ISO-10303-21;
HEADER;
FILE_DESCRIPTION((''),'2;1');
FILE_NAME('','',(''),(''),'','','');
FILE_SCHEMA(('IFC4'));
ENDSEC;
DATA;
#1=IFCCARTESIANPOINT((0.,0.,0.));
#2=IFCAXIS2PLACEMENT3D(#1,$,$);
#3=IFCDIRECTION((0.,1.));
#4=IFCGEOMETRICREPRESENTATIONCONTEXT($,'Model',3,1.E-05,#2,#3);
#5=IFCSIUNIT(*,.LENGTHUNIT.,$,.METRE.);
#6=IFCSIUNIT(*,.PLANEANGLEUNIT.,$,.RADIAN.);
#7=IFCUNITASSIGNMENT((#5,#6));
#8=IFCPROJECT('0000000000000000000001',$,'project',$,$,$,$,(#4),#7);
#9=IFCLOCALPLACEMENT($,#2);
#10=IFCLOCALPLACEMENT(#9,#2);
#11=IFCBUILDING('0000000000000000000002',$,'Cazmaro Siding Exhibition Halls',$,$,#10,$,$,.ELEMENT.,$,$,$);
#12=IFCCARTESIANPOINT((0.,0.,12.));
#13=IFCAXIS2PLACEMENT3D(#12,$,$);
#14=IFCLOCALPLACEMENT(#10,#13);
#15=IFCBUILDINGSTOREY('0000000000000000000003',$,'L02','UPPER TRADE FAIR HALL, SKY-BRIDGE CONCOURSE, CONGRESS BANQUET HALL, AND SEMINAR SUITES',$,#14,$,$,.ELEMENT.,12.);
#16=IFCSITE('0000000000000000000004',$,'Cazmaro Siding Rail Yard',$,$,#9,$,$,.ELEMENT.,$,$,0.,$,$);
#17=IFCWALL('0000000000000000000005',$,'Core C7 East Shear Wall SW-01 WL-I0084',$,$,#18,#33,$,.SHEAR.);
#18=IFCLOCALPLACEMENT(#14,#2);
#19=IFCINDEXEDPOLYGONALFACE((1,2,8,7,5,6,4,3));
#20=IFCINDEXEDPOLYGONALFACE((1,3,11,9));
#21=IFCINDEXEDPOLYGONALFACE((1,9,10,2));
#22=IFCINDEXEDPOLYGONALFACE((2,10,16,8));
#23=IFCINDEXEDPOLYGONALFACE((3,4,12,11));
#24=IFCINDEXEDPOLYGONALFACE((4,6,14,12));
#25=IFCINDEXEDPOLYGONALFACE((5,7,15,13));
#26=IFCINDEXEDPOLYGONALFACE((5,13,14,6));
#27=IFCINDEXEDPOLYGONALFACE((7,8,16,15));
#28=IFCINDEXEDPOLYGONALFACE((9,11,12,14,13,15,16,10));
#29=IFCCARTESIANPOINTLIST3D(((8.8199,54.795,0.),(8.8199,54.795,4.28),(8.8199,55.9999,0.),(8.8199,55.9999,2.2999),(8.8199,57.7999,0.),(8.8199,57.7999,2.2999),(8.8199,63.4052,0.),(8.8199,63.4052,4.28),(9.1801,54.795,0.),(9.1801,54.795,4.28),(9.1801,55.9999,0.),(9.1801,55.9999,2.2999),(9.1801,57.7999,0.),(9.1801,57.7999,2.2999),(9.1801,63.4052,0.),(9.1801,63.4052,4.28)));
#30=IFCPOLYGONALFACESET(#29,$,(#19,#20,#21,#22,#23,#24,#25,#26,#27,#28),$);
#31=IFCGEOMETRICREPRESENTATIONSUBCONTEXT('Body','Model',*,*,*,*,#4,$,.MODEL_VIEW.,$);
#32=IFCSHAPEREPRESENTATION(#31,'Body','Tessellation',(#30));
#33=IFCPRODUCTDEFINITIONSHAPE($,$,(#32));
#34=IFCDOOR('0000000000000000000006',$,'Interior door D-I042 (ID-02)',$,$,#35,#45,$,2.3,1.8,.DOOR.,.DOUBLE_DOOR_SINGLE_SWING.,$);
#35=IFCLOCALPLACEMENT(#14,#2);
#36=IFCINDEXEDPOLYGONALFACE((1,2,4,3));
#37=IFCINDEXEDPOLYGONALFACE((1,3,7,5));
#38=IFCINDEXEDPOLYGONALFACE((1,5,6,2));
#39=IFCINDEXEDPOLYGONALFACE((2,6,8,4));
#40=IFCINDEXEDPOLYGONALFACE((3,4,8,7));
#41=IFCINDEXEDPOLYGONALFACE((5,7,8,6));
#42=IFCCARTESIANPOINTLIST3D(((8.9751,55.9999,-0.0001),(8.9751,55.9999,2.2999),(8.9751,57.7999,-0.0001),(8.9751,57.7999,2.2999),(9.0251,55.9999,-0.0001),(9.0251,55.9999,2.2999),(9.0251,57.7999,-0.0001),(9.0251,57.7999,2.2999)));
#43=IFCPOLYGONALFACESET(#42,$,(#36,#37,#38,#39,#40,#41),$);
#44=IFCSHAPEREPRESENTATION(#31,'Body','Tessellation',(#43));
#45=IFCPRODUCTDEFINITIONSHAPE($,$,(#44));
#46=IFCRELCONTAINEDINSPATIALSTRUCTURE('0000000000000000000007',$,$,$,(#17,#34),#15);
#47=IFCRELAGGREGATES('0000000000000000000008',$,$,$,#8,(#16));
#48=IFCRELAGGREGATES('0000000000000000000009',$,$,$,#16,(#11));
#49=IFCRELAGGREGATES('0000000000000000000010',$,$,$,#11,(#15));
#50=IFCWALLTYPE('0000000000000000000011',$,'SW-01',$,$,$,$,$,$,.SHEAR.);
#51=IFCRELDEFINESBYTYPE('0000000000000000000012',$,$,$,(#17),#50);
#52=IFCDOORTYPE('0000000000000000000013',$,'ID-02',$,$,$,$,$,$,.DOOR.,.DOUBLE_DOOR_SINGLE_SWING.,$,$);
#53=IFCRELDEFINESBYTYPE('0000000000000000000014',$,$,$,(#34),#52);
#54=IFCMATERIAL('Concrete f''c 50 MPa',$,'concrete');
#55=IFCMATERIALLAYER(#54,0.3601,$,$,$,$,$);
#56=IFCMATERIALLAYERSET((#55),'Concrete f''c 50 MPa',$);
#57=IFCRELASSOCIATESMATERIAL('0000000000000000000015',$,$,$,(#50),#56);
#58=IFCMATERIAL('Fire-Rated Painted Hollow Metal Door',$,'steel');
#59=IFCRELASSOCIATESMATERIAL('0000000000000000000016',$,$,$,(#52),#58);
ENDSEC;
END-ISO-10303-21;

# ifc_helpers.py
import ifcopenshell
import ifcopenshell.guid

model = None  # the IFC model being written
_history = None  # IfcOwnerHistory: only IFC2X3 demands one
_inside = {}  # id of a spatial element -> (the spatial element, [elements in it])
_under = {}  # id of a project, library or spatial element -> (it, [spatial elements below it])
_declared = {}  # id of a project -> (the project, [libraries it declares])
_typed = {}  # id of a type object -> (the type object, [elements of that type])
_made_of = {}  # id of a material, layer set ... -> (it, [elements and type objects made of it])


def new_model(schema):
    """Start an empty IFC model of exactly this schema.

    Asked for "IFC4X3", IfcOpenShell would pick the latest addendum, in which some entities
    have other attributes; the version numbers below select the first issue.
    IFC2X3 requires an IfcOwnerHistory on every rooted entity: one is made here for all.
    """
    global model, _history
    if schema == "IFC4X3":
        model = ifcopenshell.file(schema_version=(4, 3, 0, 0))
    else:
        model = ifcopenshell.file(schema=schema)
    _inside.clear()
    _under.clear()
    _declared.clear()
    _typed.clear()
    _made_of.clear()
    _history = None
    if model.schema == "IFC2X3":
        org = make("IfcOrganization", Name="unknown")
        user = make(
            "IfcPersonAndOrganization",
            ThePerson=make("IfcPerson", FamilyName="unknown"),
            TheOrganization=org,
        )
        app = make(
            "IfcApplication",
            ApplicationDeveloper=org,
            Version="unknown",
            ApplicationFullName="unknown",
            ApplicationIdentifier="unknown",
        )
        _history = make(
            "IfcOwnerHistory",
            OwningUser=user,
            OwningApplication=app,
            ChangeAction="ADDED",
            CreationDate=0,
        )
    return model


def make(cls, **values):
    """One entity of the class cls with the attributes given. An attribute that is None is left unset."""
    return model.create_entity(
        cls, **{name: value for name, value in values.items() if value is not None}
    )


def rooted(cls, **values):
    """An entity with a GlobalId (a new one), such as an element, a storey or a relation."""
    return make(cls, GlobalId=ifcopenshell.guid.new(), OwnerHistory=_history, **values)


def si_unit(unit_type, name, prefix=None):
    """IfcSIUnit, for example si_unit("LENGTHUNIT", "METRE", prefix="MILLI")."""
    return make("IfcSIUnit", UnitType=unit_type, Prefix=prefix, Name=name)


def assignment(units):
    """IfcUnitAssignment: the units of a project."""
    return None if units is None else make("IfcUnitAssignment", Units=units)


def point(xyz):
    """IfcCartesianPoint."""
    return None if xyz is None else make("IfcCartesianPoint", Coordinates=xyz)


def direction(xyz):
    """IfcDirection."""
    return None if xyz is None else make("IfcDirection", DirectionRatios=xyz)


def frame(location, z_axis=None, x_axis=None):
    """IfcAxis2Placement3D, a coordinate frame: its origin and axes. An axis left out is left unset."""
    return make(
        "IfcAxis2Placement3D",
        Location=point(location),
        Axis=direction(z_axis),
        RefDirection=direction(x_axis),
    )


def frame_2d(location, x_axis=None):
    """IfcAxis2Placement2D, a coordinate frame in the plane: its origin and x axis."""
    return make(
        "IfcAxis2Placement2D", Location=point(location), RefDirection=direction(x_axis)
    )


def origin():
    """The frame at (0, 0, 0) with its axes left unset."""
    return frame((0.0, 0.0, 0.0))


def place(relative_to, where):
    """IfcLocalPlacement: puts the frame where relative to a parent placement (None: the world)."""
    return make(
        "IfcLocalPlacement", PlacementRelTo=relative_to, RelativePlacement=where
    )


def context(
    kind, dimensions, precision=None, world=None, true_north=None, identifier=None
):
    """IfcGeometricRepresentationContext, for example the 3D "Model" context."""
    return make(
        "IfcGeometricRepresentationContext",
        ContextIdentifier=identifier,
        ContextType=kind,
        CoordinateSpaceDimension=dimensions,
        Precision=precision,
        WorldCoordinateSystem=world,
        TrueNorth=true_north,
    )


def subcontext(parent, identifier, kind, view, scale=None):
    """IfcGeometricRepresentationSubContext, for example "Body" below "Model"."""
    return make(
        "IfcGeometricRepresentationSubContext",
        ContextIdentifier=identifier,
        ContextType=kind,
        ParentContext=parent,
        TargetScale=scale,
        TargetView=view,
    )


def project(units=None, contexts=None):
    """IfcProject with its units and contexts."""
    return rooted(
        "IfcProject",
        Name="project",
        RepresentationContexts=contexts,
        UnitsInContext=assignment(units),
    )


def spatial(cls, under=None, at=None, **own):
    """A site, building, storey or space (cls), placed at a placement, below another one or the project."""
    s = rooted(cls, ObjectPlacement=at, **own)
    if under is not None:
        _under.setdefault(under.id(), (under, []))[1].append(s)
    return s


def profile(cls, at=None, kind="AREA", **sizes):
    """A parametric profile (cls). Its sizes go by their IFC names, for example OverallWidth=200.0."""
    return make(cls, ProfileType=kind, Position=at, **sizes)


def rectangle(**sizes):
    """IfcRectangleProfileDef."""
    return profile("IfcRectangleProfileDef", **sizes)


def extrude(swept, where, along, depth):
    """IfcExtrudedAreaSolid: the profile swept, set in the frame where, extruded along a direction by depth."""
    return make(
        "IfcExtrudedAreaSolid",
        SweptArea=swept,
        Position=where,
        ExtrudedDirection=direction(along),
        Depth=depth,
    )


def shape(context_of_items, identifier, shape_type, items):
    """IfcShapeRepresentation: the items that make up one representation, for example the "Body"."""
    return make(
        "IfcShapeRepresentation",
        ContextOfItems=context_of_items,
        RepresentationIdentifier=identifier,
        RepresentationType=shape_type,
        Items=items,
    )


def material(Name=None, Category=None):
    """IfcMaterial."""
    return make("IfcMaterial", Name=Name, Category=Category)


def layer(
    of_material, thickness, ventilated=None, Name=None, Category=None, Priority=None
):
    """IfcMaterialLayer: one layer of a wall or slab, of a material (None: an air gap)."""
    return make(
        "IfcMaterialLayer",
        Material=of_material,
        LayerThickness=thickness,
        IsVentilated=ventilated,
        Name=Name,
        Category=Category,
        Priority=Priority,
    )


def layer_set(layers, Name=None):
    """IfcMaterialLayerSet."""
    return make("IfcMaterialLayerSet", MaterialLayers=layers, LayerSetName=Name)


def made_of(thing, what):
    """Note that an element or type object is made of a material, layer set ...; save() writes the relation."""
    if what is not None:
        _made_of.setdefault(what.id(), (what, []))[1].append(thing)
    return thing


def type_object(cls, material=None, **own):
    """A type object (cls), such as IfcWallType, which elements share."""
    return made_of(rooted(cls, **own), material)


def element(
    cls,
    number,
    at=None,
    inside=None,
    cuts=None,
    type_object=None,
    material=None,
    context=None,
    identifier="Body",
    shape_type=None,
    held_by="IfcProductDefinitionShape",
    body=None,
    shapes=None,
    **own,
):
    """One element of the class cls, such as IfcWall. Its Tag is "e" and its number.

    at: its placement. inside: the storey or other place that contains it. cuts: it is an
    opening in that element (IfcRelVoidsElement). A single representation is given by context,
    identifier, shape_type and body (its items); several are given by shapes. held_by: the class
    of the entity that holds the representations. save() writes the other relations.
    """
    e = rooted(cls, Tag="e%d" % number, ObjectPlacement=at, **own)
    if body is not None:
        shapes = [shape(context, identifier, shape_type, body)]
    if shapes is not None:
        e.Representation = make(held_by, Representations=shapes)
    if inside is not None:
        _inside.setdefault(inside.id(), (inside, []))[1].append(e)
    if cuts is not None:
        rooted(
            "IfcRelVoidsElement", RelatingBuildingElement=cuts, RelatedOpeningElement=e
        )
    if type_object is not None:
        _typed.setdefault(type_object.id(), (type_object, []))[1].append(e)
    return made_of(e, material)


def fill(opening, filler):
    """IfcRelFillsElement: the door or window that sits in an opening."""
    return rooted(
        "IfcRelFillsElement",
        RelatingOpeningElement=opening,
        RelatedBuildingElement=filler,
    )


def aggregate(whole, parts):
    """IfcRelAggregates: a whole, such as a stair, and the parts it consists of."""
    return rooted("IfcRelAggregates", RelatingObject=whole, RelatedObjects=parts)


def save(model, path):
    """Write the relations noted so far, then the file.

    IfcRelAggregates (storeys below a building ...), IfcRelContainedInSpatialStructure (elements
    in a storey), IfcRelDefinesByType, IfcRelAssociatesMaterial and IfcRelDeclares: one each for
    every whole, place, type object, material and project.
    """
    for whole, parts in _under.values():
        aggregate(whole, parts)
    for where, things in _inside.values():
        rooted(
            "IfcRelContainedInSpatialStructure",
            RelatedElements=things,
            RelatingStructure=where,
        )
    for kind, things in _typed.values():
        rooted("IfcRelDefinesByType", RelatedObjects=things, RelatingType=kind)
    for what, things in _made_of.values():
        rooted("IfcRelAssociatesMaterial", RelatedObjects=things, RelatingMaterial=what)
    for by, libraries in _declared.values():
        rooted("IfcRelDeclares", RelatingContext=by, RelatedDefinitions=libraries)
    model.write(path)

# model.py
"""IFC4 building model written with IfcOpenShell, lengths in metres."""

from ifc_helpers import new_model, si_unit, direction, frame, frame_2d, origin, place, context, subcontext, project, spatial, rectangle, extrude, material, layer, layer_set, type_object, element, fill, save


model = new_model("IFC4")

# Units and contexts
model_context = context("Model", 3, precision=1e-05, world=origin(), true_north=direction((0.0, 1.0)))
body_context = subcontext(model_context, "Body", "Model", "MODEL_VIEW")
ifc_project = project(units=[si_unit("LENGTHUNIT", "METRE"), si_unit("PLANEANGLEUNIT", "RADIAN")], contexts=[model_context])

# Site, building, storey
site_placement = place(None, origin())
site = spatial("IfcSite", under=ifc_project, at=site_placement, Name="Cazmaro Siding Rail Yard", CompositionType="ELEMENT", RefElevation=0.0)
building_placement = place(site_placement, origin())
building = spatial("IfcBuilding", under=site, at=building_placement, Name="Cazmaro Siding Exhibition Halls", CompositionType="ELEMENT")
storey_placement = place(building_placement, frame((0.0, 0.0, 12.0)))
storey = spatial("IfcBuildingStorey", under=building, at=storey_placement, Name="L02", Description="UPPER TRADE FAIR HALL, SKY-BRIDGE CONCOURSE, CONGRESS BANQUET HALL, AND SEMINAR SUITES", CompositionType="ELEMENT", Elevation=12.0)

# Wall, opening, door
ifc_material_1 = material(Name="Concrete f'c 50 MPa", Category="concrete")
ifc_layer_1 = layer(ifc_material_1, 0.3601)
ifc_layer_set_1 = layer_set([ifc_layer_1], Name="Concrete f'c 50 MPa")
wall_type_1 = type_object("IfcWallType", Name="SW-01", PredefinedType="SHEAR", material=ifc_layer_set_1)
wall_placement = place(storey_placement, frame((9.0, 54.7949, 0.0), z_axis=(0.0, 0.0, 1.0), x_axis=(0.0, 1.0, 0.0)))
wall = element("IfcWall", 1, at=wall_placement, inside=storey, type_object=wall_type_1, Name="Core C7 East Shear Wall SW-01 WL-I0084", PredefinedType="SHEAR", context=body_context, shape_type="SweptSolid", body=[
    extrude(rectangle(XDim=8.6101, YDim=0.3601, at=frame_2d((4.3052, 0.0))), origin(), (0.0, 0.0, 1.0), 4.28),
])
opening_placement = place(wall_placement, frame((1.2051, 0.0, 0.0)))
opening = element("IfcOpeningElement", 2, at=opening_placement, cuts=wall, PredefinedType="OPENING", context=body_context, shape_type="SweptSolid", body=[
    extrude(rectangle(XDim=1.8, YDim=2.3, at=frame_2d((0.8999, 1.1499))), frame((0.0, 0.1899, 0.0), z_axis=(0.0, -1.0, 0.0), x_axis=(1.0, 0.0, 0.0)), (0.0, 0.0, 1.0), 0.3801),
])
ifc_material_2 = material(Name="Fire-Rated Painted Hollow Metal Door", Category="steel")
door_type = type_object("IfcDoorType", Name="ID-02", OperationType="DOUBLE_DOOR_SINGLE_SWING", PredefinedType="DOOR", material=ifc_material_2)
door_placement = place(opening_placement, origin())
door = element("IfcDoor", 3, at=door_placement, inside=storey, type_object=door_type, Name="Interior door D-I042 (ID-02)", OperationType="DOUBLE_DOOR_SINGLE_SWING", OverallHeight=2.3, OverallWidth=1.8, PredefinedType="DOOR", context=body_context, shape_type="SweptSolid", body=[
    extrude(rectangle(XDim=1.8, YDim=2.3, at=frame_2d((0.8999, 1.1499))), frame((0.0, 0.0249, 0.0), z_axis=(0.0, -1.0, 0.0), x_axis=(1.0, 0.0, 0.0)), (0.0, 0.0, 1.0), 0.05),
])
fill(opening, door)

save(model, "model.ifc")
